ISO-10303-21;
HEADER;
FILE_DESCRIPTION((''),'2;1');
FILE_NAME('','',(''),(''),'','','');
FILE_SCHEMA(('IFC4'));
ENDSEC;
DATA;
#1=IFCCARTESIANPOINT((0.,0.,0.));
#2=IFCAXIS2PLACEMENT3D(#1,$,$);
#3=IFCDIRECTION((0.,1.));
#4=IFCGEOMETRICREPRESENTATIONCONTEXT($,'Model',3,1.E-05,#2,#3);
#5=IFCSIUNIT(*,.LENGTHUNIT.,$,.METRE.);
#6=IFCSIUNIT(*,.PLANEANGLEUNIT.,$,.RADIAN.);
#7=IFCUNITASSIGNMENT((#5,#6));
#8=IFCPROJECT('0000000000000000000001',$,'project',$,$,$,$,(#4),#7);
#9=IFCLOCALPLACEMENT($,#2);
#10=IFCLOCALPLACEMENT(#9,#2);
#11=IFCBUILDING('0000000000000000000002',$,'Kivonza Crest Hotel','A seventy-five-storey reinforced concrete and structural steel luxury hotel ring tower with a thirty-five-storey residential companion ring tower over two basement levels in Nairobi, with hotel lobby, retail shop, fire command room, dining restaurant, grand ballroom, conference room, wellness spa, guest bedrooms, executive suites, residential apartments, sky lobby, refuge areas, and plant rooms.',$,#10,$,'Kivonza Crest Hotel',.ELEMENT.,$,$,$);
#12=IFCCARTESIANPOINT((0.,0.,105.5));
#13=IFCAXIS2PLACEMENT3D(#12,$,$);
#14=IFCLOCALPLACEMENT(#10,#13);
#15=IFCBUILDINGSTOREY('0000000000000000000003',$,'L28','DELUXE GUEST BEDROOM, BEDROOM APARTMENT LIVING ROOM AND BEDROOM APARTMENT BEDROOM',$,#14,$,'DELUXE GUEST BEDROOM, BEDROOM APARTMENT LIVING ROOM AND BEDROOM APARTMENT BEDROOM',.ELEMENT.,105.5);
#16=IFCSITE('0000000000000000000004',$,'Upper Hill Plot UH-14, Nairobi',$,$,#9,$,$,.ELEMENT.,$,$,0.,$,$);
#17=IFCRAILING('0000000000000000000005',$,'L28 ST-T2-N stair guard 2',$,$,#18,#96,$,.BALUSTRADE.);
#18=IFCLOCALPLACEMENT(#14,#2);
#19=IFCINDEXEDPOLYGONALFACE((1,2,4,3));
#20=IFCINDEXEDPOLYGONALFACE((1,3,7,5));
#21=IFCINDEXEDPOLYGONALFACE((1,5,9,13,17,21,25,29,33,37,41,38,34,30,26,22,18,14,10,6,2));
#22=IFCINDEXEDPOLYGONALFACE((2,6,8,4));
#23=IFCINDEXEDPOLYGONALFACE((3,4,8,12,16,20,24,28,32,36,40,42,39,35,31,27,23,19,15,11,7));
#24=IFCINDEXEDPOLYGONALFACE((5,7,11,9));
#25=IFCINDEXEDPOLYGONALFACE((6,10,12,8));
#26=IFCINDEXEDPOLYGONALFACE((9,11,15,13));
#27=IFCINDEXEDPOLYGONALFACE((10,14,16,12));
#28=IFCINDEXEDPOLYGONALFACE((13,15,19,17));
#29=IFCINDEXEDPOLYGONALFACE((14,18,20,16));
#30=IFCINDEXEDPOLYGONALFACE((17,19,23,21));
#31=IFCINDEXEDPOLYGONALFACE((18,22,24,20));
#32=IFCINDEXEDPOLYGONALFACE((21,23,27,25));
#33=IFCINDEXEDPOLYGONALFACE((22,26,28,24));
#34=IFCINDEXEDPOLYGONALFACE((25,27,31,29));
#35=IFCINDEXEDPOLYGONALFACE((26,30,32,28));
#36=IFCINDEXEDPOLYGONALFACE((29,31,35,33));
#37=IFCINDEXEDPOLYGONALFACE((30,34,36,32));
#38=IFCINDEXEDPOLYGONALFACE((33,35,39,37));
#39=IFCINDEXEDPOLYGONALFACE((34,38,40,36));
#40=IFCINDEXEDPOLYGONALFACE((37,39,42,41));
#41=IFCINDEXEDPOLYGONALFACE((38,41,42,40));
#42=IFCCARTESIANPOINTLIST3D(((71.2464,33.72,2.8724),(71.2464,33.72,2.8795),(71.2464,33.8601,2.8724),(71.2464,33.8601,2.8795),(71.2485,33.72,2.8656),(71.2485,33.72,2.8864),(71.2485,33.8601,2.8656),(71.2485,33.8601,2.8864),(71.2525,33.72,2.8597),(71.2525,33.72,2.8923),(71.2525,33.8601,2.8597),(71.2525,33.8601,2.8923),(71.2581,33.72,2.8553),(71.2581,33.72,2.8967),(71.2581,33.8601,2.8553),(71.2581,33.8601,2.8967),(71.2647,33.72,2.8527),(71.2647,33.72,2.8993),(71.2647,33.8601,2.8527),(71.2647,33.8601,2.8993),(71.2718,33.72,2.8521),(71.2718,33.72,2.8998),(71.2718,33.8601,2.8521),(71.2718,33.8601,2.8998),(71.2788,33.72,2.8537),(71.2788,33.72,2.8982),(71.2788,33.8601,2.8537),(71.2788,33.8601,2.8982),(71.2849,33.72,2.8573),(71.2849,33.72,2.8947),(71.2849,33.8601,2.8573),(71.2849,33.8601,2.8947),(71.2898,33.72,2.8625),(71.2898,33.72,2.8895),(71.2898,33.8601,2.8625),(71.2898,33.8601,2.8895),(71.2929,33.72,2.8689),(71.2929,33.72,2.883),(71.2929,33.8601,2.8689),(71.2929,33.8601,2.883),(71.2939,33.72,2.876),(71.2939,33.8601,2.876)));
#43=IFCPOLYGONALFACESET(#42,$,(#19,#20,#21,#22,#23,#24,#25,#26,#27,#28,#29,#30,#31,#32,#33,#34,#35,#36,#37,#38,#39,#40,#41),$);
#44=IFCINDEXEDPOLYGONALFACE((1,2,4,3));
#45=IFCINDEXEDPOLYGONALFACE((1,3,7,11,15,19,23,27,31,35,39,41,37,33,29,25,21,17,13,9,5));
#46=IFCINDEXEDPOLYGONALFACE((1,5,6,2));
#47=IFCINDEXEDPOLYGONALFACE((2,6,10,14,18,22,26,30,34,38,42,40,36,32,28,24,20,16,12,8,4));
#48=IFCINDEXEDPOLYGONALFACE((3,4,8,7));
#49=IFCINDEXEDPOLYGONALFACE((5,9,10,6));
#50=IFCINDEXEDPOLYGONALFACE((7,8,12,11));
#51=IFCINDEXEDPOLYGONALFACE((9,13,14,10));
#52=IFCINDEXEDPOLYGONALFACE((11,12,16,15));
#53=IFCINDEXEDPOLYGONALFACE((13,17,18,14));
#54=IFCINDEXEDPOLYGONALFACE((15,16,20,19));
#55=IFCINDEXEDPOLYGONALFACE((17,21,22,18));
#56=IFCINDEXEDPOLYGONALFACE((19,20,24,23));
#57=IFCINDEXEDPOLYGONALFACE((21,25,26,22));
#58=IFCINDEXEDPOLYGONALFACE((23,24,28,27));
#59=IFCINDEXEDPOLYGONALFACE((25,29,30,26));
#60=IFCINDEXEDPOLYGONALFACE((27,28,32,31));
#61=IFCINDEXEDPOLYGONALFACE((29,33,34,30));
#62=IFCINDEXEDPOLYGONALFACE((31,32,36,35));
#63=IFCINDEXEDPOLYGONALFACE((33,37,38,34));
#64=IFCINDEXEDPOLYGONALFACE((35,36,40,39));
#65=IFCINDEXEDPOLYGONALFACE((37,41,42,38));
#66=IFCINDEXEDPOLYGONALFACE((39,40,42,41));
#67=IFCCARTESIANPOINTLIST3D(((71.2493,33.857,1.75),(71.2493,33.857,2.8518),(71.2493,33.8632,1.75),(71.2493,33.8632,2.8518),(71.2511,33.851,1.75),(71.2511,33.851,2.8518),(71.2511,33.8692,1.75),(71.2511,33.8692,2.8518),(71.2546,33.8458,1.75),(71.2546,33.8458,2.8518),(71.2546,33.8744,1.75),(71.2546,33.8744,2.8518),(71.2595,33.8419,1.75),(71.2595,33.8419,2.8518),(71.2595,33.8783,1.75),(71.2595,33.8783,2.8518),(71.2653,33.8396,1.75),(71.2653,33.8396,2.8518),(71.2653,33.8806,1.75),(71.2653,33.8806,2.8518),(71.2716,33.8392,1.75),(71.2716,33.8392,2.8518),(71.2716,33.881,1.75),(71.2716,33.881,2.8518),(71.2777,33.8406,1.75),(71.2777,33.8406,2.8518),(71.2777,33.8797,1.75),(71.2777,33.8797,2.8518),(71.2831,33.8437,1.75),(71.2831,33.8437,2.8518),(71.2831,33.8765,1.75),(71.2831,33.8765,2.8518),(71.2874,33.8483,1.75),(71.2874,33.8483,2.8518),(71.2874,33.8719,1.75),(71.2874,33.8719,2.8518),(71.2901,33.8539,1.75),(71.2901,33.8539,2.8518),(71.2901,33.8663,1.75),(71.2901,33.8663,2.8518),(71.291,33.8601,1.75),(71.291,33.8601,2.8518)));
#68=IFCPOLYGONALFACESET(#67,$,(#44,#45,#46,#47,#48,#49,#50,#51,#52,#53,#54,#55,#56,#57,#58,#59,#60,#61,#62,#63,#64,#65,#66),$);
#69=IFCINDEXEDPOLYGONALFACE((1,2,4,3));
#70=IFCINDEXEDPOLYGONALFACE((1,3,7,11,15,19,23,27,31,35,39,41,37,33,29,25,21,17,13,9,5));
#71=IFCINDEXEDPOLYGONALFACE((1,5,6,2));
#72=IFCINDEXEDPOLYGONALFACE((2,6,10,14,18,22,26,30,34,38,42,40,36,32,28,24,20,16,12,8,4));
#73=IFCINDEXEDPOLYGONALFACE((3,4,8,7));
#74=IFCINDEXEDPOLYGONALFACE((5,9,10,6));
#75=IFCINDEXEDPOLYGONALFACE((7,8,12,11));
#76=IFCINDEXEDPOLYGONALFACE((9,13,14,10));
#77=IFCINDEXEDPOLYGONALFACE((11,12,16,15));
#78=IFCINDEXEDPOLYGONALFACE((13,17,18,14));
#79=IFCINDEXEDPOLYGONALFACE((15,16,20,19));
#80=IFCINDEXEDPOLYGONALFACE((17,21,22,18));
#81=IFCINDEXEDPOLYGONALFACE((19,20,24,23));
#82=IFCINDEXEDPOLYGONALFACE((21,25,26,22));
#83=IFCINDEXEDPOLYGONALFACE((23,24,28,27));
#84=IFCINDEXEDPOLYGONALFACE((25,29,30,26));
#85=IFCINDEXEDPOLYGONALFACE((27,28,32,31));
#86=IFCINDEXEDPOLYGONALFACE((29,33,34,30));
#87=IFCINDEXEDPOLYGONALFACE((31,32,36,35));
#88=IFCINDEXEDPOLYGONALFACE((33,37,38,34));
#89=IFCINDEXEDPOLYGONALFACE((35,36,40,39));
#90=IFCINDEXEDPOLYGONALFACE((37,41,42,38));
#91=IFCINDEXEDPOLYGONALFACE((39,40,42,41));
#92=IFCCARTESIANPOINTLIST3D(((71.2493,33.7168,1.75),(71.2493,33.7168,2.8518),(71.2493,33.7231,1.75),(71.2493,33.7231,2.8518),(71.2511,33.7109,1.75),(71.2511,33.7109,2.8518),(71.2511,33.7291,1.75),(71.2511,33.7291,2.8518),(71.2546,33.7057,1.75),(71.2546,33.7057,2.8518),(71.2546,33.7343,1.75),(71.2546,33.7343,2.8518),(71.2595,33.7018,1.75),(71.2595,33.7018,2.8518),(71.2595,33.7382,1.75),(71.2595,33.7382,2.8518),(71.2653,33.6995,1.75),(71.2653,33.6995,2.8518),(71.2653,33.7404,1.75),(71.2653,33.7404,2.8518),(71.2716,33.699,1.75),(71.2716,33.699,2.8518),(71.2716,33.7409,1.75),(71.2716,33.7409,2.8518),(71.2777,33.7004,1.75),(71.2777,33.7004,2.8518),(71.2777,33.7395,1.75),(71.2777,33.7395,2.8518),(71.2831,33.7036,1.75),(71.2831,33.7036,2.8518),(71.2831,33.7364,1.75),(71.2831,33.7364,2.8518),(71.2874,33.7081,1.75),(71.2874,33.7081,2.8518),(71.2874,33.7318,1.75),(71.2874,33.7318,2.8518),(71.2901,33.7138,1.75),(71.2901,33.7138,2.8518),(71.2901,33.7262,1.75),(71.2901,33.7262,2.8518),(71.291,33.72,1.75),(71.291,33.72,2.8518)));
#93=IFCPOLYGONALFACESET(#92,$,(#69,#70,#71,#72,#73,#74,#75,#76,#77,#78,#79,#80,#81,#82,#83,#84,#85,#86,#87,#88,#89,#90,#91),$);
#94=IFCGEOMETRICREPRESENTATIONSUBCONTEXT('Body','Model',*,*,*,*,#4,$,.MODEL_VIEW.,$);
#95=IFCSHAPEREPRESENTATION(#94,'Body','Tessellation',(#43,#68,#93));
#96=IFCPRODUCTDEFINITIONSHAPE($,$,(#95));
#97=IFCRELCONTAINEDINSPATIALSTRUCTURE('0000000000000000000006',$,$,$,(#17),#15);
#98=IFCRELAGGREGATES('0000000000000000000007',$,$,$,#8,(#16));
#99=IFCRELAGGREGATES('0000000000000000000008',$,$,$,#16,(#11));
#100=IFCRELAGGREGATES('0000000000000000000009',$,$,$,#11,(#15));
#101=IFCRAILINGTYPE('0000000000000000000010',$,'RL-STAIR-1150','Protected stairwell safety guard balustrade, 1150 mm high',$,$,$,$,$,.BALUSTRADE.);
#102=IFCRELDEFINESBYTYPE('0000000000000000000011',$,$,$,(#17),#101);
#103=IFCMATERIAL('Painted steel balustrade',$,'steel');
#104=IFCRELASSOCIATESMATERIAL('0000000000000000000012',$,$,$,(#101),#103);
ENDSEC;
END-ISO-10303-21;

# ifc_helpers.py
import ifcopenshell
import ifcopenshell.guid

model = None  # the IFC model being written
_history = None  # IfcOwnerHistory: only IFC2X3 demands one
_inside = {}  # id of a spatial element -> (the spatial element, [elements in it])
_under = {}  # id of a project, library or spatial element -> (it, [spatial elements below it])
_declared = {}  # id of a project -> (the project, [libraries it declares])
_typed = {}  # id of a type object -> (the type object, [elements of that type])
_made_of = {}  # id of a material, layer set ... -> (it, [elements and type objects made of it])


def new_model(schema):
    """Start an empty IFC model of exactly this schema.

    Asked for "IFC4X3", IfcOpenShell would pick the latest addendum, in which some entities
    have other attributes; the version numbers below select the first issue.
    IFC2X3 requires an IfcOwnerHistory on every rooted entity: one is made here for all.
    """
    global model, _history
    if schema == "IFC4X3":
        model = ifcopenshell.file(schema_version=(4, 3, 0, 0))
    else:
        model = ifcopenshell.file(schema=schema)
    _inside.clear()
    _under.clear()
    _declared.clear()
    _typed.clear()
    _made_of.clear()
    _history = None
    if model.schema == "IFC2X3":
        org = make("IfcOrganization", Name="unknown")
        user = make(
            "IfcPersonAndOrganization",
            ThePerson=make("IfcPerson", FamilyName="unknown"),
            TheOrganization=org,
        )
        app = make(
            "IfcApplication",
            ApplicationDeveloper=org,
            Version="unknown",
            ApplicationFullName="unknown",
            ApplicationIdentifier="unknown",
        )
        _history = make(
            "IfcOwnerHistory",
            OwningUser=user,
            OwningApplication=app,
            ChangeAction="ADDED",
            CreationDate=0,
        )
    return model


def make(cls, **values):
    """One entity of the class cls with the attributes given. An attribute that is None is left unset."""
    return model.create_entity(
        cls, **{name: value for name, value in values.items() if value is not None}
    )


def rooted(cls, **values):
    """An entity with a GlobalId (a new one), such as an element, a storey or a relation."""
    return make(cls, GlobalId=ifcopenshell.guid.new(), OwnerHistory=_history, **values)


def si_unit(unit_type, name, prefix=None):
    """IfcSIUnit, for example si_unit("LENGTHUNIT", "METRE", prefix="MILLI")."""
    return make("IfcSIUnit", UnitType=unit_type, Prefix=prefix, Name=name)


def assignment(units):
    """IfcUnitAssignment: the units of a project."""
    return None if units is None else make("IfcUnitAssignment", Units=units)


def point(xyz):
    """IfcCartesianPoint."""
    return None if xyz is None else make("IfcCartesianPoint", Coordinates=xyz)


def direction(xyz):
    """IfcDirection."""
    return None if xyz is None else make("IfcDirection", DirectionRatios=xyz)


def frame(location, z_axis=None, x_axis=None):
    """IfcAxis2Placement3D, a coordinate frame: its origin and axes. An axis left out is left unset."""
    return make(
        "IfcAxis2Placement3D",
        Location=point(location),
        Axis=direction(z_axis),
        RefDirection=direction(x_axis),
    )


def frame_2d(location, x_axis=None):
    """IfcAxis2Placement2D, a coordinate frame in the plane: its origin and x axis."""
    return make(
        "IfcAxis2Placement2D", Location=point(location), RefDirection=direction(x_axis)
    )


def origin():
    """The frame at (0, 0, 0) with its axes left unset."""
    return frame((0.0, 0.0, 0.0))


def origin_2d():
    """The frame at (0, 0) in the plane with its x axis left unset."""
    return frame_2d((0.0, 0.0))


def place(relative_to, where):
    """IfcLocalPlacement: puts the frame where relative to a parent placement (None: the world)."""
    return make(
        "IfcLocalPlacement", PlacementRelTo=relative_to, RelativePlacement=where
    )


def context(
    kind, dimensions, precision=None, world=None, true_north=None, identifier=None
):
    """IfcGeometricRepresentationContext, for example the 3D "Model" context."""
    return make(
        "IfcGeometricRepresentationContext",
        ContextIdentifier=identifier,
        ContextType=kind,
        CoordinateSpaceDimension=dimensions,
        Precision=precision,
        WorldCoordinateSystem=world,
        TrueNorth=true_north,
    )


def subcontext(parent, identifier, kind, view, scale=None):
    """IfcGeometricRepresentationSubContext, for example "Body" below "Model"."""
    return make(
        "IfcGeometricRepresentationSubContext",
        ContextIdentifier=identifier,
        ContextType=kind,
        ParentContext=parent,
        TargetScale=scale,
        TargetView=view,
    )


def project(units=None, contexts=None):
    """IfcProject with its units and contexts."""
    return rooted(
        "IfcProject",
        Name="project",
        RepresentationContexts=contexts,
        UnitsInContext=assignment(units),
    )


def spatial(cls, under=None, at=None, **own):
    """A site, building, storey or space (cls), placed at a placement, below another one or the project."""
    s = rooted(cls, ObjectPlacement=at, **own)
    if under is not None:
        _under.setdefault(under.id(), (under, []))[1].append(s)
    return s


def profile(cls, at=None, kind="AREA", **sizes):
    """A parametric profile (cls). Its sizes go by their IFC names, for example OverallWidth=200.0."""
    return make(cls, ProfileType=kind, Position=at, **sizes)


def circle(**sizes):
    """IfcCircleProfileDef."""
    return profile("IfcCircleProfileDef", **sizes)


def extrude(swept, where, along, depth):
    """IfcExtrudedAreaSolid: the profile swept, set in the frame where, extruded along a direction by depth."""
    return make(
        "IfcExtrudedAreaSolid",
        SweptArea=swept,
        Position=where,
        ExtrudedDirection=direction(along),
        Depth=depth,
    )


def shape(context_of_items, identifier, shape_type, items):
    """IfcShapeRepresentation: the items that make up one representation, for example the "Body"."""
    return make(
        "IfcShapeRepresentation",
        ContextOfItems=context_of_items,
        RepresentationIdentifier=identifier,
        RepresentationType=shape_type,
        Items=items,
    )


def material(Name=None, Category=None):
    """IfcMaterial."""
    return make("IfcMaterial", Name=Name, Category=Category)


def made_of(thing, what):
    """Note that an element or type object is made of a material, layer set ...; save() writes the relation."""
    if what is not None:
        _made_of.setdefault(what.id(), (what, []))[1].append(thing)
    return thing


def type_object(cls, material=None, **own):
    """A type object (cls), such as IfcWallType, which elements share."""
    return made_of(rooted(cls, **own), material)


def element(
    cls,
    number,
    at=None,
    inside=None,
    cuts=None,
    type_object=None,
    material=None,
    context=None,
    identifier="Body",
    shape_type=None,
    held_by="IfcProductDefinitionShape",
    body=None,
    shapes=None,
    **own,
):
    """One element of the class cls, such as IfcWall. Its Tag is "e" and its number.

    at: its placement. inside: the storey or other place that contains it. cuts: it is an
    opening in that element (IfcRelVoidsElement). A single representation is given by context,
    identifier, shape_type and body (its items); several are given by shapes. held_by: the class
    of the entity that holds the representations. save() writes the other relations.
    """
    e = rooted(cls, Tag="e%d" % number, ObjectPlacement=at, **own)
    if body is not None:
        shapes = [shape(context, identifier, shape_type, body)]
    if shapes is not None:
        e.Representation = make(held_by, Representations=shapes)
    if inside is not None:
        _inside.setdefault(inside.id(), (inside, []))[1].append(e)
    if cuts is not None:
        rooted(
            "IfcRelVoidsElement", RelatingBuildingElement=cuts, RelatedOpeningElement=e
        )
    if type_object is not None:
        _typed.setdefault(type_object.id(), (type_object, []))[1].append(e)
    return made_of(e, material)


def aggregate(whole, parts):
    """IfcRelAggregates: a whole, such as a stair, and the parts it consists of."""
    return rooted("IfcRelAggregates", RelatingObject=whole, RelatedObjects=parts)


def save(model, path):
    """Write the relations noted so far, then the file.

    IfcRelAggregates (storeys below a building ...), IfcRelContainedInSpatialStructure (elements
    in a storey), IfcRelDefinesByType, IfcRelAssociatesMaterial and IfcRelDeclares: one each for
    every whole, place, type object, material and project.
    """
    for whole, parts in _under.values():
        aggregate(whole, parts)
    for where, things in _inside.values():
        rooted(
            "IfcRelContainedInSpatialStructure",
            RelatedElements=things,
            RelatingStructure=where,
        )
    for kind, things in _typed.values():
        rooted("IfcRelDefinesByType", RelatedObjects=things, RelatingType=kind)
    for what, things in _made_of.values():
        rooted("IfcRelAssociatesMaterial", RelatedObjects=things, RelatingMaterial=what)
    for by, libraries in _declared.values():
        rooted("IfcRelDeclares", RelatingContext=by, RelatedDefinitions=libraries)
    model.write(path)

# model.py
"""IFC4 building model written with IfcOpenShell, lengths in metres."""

from ifc_helpers import new_model, si_unit, direction, frame, origin, origin_2d, place, context, subcontext, project, spatial, circle, extrude, material, type_object, element, save


model = new_model("IFC4")

# Units and contexts
model_context = context("Model", 3, precision=1e-05, world=origin(), true_north=direction((0.0, 1.0)))
body_context = subcontext(model_context, "Body", "Model", "MODEL_VIEW")
ifc_project = project(units=[si_unit("LENGTHUNIT", "METRE"), si_unit("PLANEANGLEUNIT", "RADIAN")], contexts=[model_context])

# Site, building, storey
site_placement = place(None, origin())
site = spatial("IfcSite", under=ifc_project, at=site_placement, Name="Upper Hill Plot UH-14, Nairobi", CompositionType="ELEMENT", RefElevation=0.0)
building_placement = place(site_placement, origin())
building = spatial("IfcBuilding", under=site, at=building_placement, Name="Kivonza Crest Hotel", Description="A seventy-five-storey reinforced concrete and structural steel luxury hotel ring tower with a thirty-five-storey residential companion ring tower over two basement levels in Nairobi, with hotel lobby, retail shop, fire command room, dining restaurant, grand ballroom, conference room, wellness spa, guest bedrooms, executive suites, residential apartments, sky lobby, refuge areas, and plant rooms.", LongName="Kivonza Crest Hotel", CompositionType="ELEMENT")
storey_placement = place(building_placement, frame((0.0, 0.0, 105.5)))
storey = spatial("IfcBuildingStorey", under=building, at=storey_placement, Name="L28", Description="DELUXE GUEST BEDROOM, BEDROOM APARTMENT LIVING ROOM AND BEDROOM APARTMENT BEDROOM", LongName="DELUXE GUEST BEDROOM, BEDROOM APARTMENT LIVING ROOM AND BEDROOM APARTMENT BEDROOM", CompositionType="ELEMENT", Elevation=105.5)

# Railing
ifc_material_1 = material(Name="Painted steel balustrade", Category="steel")
railing_type_1 = type_object("IfcRailingType", Name="RL-STAIR-1150", Description="Protected stairwell safety guard balustrade, 1150 mm high", PredefinedType="BALUSTRADE", material=ifc_material_1)
railing_1_placement = place(storey_placement, frame((71.27, 33.8601, 1.75)))
element("IfcRailing", 1, at=railing_1_placement, inside=storey, type_object=railing_type_1, Name="L28 ST-T2-N stair guard 2", PredefinedType="BALUSTRADE", context=body_context, shape_type="SweptSolid", body=[
    extrude(circle(Radius=0.0239, at=origin_2d()), frame((0.0, 0.0, 1.126), z_axis=(0.0, -1.0, 0.0), x_axis=(1.0, 0.0, 0.0)), (0.0, 0.0, 1.0), 0.1401),
    extrude(circle(Radius=0.021, at=origin_2d()), origin(), (0.0, 0.0, 1.0), 1.1018),
    extrude(circle(Radius=0.021, at=origin_2d()), frame((0.0, -0.1401, 0.0)), (0.0, 0.0, 1.0), 1.1018),
])

save(model, "model.ifc")
